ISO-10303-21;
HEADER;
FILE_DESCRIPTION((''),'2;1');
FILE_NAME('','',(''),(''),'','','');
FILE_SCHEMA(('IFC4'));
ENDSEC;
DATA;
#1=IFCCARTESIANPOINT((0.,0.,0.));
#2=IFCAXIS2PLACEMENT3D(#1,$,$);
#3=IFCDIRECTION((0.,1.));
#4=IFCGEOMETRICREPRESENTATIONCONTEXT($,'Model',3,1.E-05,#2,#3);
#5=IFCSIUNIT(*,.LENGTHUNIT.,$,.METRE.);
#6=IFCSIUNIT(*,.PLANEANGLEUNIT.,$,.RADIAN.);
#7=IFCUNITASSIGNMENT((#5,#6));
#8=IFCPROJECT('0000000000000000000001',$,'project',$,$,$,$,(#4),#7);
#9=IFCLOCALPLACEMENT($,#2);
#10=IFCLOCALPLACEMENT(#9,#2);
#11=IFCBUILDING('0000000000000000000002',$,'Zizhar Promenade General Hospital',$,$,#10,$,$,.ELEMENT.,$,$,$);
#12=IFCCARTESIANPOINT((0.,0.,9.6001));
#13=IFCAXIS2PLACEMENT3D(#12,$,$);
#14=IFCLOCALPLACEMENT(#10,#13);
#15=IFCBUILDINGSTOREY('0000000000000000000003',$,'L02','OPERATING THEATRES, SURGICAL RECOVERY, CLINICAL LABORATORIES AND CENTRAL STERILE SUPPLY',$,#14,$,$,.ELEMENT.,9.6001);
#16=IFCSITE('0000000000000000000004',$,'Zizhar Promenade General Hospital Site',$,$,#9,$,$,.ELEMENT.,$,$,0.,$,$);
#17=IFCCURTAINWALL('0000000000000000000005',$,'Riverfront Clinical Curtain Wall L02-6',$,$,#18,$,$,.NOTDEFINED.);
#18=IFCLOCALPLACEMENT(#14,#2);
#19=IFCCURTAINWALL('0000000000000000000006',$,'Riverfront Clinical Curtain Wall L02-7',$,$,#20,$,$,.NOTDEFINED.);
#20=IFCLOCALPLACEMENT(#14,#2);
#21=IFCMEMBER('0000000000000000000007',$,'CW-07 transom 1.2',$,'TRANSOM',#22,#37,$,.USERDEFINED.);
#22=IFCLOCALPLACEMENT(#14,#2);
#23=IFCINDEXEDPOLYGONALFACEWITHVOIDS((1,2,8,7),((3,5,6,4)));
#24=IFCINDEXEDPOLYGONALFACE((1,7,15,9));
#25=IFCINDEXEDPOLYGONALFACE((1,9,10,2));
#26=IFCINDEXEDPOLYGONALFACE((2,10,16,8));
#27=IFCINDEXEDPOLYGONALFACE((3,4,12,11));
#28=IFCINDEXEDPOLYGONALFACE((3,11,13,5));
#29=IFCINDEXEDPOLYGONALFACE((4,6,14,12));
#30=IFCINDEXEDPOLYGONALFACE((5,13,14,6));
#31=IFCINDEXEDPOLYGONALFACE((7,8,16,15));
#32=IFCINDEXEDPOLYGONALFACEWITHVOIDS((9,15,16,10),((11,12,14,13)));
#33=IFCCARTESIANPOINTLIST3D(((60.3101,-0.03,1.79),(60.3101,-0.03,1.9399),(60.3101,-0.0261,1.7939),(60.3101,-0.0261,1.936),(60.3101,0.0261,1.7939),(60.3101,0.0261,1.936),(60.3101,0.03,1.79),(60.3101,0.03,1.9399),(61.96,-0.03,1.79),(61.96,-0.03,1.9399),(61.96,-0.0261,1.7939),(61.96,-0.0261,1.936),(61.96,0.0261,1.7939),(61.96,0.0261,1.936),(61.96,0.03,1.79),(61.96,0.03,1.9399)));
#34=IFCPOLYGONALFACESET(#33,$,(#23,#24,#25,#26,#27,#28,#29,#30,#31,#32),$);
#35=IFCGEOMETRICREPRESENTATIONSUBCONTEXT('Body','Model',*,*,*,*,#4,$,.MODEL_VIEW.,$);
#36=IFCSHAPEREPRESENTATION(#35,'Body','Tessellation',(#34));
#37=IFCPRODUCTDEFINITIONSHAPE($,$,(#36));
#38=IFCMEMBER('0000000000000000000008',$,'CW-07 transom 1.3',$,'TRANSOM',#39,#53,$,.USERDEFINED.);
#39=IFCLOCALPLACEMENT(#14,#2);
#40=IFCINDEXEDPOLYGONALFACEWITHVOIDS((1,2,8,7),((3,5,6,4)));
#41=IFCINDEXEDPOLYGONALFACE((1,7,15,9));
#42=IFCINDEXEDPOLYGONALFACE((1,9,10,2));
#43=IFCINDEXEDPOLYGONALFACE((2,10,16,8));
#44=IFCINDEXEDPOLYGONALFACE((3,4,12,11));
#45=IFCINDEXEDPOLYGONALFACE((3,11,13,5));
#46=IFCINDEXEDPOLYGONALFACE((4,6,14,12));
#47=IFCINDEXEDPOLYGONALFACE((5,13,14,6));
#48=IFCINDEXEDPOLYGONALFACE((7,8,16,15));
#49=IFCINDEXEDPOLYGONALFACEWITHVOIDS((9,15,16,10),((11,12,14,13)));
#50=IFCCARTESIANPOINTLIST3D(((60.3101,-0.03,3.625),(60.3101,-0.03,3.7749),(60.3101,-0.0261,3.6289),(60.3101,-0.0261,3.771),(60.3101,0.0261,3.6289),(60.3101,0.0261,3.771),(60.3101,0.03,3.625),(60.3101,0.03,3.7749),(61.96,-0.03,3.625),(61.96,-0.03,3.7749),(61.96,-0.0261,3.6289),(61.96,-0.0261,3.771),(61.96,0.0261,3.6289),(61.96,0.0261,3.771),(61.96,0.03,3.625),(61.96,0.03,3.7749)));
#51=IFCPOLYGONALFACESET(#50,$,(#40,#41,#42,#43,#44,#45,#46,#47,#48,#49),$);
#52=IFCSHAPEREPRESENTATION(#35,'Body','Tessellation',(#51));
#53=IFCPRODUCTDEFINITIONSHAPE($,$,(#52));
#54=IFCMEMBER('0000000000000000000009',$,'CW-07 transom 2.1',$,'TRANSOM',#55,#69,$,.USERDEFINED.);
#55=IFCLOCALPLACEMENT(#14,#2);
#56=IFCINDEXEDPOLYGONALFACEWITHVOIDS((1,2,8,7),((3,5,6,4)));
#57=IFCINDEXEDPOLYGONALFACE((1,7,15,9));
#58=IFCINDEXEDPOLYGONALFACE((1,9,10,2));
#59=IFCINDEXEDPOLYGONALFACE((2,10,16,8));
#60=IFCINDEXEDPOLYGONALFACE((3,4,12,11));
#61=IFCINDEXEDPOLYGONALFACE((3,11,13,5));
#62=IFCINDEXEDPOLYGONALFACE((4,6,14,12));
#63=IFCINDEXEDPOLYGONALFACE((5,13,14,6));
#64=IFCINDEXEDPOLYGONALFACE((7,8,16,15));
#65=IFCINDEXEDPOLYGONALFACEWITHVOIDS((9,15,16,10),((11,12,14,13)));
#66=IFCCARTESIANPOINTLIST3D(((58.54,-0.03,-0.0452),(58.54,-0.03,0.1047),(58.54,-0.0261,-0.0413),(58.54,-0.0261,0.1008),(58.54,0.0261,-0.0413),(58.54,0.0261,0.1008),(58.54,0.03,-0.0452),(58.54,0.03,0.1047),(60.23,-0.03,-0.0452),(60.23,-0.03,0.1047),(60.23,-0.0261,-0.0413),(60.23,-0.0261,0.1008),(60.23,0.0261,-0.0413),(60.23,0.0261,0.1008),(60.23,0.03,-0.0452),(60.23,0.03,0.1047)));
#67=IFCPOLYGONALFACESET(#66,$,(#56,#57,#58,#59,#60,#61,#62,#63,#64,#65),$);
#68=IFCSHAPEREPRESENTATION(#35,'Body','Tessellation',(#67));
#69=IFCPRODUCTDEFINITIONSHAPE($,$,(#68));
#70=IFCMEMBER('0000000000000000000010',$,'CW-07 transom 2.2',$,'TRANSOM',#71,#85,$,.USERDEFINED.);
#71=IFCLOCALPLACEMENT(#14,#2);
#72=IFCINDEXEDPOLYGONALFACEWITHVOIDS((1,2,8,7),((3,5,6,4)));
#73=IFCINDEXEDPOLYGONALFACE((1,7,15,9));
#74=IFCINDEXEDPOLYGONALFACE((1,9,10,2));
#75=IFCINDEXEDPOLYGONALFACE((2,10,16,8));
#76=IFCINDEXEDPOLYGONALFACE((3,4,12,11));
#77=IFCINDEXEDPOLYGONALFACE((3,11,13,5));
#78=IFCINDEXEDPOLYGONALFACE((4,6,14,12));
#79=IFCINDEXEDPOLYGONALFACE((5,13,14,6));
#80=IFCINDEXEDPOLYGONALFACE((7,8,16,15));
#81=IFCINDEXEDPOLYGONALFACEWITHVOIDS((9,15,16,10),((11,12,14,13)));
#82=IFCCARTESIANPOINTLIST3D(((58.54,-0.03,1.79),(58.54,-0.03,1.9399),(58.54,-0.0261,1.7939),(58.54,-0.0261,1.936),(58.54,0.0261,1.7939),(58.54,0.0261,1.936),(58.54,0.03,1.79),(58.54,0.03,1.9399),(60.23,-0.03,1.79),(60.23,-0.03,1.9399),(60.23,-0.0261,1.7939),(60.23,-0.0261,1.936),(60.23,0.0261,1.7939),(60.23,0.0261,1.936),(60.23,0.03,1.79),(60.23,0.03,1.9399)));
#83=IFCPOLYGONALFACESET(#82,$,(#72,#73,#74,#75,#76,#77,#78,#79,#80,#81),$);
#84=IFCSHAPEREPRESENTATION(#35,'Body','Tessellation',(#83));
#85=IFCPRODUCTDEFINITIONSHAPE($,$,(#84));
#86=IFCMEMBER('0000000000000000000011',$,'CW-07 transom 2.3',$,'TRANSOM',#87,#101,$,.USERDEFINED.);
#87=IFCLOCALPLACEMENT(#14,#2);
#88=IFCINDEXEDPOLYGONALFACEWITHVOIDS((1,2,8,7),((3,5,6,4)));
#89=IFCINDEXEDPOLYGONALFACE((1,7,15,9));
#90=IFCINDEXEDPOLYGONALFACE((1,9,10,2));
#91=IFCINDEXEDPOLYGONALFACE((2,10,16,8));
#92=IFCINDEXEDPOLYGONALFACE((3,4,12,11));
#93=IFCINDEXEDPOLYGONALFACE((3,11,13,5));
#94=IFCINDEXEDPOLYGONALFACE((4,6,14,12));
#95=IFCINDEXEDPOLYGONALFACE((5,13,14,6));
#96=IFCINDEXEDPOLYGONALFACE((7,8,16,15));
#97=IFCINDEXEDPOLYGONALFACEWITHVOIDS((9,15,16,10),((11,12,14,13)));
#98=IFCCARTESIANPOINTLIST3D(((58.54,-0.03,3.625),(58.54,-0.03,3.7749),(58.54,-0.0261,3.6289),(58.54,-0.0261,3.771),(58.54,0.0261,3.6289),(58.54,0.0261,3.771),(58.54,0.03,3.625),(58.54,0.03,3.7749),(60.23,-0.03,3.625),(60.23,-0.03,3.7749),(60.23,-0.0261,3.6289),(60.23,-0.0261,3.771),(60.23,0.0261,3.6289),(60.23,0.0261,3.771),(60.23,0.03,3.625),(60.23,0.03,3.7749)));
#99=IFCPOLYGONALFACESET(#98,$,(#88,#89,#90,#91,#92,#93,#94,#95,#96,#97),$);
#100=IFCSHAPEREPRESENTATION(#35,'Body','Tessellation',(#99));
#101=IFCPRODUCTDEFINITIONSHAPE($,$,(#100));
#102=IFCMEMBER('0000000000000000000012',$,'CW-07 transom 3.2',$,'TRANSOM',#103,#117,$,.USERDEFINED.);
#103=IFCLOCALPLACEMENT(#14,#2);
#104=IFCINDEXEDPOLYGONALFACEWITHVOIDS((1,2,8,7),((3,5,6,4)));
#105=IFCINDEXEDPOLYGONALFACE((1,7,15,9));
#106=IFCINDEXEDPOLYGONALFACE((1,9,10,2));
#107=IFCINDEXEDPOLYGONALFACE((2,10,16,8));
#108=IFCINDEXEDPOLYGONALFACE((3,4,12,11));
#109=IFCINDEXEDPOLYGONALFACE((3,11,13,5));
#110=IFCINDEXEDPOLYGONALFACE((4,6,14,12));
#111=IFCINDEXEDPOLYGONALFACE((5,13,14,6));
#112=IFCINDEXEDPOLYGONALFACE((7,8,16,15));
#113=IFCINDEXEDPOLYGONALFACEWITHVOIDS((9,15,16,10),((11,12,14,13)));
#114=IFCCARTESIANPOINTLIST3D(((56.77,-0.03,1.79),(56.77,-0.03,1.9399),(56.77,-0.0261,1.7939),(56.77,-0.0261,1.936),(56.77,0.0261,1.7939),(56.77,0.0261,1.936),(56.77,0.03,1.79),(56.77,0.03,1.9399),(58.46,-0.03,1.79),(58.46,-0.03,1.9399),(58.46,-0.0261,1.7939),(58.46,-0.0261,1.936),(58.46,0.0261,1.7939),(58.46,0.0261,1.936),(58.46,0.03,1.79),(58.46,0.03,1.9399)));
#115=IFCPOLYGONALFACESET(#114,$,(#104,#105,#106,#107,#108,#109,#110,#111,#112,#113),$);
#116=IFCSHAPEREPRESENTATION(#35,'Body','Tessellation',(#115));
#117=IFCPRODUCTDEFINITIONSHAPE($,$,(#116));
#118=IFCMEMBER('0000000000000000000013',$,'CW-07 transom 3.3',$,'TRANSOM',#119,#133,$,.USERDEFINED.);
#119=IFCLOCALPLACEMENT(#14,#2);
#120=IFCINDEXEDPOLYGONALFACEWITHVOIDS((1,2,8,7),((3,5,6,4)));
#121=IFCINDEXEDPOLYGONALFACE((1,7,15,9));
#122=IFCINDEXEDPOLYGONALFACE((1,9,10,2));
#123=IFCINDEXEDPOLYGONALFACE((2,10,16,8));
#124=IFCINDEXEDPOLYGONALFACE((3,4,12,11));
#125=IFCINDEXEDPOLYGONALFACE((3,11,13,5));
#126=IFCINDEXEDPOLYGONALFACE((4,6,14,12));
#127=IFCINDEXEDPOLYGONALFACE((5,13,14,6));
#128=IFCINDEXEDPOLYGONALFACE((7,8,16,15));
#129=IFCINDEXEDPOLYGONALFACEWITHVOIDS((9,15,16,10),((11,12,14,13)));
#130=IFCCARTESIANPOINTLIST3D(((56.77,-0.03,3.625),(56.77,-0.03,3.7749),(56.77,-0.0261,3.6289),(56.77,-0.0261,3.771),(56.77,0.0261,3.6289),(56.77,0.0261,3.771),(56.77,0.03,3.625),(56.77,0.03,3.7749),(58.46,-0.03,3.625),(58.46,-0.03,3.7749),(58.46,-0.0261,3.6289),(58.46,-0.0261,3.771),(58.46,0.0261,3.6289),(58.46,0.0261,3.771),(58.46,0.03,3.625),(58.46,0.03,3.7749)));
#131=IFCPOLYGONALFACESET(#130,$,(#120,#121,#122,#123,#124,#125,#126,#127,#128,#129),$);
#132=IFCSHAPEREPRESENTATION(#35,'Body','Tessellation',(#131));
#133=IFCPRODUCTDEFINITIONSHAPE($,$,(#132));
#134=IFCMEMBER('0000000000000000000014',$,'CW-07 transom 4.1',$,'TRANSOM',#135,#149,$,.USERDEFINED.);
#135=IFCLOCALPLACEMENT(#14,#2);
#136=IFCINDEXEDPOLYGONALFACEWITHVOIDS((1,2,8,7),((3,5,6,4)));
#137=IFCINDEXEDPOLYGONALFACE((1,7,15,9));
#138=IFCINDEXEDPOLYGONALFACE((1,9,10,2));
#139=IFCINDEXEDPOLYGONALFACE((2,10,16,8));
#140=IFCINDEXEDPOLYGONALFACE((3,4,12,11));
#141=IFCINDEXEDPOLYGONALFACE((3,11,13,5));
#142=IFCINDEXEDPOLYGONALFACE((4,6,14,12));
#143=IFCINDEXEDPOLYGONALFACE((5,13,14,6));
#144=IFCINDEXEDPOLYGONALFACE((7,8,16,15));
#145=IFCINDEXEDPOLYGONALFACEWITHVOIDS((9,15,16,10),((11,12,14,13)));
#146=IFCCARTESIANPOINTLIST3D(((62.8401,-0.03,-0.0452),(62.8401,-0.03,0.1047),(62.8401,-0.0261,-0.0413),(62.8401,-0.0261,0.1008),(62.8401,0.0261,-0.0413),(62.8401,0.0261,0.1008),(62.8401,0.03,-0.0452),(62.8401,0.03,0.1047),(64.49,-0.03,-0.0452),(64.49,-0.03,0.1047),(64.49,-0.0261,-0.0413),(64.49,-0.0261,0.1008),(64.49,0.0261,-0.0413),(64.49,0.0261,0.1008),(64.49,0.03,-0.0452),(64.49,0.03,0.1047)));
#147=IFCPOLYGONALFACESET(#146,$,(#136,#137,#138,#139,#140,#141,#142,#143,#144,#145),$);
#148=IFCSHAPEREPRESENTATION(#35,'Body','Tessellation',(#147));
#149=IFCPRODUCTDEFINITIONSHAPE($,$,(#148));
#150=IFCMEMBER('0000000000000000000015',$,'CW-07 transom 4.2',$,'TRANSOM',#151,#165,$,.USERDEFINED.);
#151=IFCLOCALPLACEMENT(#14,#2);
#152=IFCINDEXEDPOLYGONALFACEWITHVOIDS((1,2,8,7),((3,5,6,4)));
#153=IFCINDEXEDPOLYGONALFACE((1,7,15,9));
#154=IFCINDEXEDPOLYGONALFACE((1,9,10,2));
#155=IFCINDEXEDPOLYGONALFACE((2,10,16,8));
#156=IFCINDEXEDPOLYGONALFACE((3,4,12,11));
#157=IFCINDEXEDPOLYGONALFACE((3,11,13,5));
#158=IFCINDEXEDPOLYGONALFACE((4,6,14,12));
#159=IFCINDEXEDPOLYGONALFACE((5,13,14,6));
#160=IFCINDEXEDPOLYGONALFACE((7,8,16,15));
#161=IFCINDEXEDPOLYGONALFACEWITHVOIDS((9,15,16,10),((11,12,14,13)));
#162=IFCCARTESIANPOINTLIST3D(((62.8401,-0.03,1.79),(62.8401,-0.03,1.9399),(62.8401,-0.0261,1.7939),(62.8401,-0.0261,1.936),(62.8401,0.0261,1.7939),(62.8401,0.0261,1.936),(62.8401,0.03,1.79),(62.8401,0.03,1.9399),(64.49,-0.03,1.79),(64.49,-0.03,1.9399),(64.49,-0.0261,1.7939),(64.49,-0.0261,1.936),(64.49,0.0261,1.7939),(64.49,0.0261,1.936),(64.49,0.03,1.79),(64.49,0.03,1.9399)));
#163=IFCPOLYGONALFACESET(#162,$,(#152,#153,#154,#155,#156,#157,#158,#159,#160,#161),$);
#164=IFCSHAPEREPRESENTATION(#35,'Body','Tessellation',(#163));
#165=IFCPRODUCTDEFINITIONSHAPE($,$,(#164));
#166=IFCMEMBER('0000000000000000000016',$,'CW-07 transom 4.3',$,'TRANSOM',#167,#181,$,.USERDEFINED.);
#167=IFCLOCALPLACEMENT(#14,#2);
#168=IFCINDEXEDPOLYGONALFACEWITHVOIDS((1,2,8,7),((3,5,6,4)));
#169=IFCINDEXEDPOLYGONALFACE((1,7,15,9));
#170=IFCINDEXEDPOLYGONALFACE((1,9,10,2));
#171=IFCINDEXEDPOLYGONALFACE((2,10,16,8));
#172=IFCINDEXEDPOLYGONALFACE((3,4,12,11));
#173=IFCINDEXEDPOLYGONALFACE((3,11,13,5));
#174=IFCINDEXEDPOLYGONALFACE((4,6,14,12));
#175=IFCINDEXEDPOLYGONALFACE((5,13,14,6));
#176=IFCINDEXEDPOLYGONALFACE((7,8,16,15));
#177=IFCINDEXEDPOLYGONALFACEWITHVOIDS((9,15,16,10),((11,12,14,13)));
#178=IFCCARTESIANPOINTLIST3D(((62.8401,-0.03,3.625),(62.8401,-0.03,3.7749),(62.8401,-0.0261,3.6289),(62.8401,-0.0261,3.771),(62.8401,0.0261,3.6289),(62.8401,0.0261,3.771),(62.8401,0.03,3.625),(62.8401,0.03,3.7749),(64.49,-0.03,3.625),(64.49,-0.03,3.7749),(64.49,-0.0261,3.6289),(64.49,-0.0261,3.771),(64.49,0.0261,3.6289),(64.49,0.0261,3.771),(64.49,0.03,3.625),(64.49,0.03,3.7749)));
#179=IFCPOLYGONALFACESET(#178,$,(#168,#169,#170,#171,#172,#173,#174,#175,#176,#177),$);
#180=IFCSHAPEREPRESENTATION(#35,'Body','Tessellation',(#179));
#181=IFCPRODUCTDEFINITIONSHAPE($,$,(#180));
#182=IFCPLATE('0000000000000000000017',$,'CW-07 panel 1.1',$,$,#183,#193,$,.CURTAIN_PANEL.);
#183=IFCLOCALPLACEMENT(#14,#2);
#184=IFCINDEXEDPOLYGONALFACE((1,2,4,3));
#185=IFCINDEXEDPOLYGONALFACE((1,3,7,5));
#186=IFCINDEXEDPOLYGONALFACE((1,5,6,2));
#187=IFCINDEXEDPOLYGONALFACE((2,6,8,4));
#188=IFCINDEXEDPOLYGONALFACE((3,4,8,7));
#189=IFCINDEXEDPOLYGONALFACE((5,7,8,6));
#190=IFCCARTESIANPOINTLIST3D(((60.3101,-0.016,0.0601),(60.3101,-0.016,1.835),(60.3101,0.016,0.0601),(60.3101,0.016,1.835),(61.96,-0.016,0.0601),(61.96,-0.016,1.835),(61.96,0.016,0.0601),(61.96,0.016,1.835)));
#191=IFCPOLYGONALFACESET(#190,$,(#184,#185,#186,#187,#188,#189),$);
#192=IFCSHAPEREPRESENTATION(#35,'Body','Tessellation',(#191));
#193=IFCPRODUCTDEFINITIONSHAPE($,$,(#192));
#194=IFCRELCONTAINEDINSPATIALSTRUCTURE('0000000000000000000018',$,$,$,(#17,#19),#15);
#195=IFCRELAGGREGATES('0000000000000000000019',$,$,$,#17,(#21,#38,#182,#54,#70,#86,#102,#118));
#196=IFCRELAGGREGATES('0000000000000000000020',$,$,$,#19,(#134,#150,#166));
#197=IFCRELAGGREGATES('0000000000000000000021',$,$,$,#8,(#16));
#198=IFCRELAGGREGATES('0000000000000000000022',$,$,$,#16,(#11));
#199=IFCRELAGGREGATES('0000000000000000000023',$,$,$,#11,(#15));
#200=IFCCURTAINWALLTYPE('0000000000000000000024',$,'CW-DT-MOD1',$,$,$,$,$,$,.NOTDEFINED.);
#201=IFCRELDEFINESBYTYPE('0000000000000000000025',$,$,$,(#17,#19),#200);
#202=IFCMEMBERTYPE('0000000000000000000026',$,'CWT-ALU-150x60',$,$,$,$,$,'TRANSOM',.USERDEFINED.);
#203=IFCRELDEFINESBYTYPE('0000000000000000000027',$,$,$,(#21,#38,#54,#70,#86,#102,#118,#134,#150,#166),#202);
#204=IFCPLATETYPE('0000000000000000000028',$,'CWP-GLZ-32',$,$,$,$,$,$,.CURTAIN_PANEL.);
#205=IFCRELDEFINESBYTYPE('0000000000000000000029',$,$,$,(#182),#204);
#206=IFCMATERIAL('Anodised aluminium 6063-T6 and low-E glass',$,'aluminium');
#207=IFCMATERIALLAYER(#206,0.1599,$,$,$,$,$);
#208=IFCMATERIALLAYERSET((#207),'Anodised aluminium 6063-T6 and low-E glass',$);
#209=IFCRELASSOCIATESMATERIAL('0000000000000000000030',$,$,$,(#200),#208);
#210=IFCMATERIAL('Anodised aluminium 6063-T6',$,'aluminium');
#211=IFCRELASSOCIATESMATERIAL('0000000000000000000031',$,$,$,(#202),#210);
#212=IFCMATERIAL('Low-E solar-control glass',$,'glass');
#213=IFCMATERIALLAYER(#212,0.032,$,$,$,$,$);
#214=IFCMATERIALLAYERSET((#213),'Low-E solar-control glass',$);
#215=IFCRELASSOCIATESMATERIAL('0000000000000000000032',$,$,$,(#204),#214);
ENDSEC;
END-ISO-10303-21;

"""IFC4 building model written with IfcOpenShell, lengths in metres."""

from ifc_helpers import new_model, si_unit, direction, frame, origin, origin_2d, place, context, subcontext, project, spatial, rectangle, hollow_rectangle, extrude, material, layer, layer_set, material_profile, profile_set, type_object, element, aggregate, save


model = new_model("IFC4")

# Units and contexts
model_context = context("Model", 3, precision=1e-05, world=origin(), true_north=direction((0.0, 1.0)))
body_context = subcontext(model_context, "Body", "Model", "MODEL_VIEW")
ifc_project = project(units=[si_unit("LENGTHUNIT", "METRE"), si_unit("PLANEANGLEUNIT", "RADIAN")], contexts=[model_context])

# Site, building, storey
site_placement = place(None, origin())
site = spatial("IfcSite", under=ifc_project, at=site_placement, Name="Zizhar Promenade General Hospital Site", CompositionType="ELEMENT", RefElevation=0.0)
building_placement = place(site_placement, origin())
building = spatial("IfcBuilding", under=site, at=building_placement, Name="Zizhar Promenade General Hospital", CompositionType="ELEMENT")
storey_placement = place(building_placement, frame((0.0, 0.0, 9.6001)))
storey = spatial("IfcBuildingStorey", under=building, at=storey_placement, Name="L02", Description="OPERATING THEATRES, SURGICAL RECOVERY, CLINICAL LABORATORIES AND CENTRAL STERILE SUPPLY", CompositionType="ELEMENT", Elevation=9.6001)

# Curtain walls
ifc_material_1 = material(Name="Anodised aluminium 6063-T6 and low-E glass", Category="aluminium")
ifc_layer_1 = layer(ifc_material_1, 0.1599)
ifc_layer_set_1 = layer_set([ifc_layer_1], Name="Anodised aluminium 6063-T6 and low-E glass")
curtain_wall_type = type_object("IfcCurtainWallType", Name="CW-DT-MOD1", PredefinedType="NOTDEFINED", material=ifc_layer_set_1)
curtain_wall_1_placement = place(storey_placement, origin())
curtain_wall_1 = element("IfcCurtainWall", 1, at=curtain_wall_1_placement, inside=storey, type_object=curtain_wall_type, Name="Riverfront Clinical Curtain Wall L02-6", PredefinedType="NOTDEFINED")
curtain_wall_2_placement = place(storey_placement, origin())
curtain_wall_2 = element("IfcCurtainWall", 2, at=curtain_wall_2_placement, inside=storey, type_object=curtain_wall_type, Name="Riverfront Clinical Curtain Wall L02-7", PredefinedType="NOTDEFINED")

# Members
ifc_material_2 = material(Name="Anodised aluminium 6063-T6", Category="aluminium")
ifc_material_profile_1 = material_profile(ifc_material_2, hollow_rectangle(XDim=0.0601, YDim=0.1499, WallThickness=0.0039, at=origin_2d()))
ifc_profile_set_1 = profile_set([ifc_material_profile_1], Name="Anodised aluminium 6063-T6")
member_type_1 = type_object("IfcMemberType", Name="CWT-ALU-150x60", ElementType="TRANSOM", PredefinedType="USERDEFINED", material=ifc_profile_set_1)
member_1_placement = place(storey_placement, frame((61.96, 0.0, 1.865), z_axis=(-1.0, 0.0, 0.0), x_axis=(0.0, -1.0, 0.0)))
member_1 = element("IfcMember", 3, at=member_1_placement, type_object=member_type_1, Name="CW-07 transom 1.2", ObjectType="TRANSOM", PredefinedType="USERDEFINED", context=body_context, shape_type="SweptSolid", body=[
    extrude(hollow_rectangle(XDim=0.0601, YDim=0.1499, WallThickness=0.0039, at=origin_2d()), origin(), (0.0, 0.0, 1.0), 1.6499),
])
member_2_placement = place(storey_placement, frame((61.96, 0.0, 3.7), z_axis=(-1.0, 0.0, 0.0), x_axis=(0.0, -1.0, 0.0)))
member_2 = element("IfcMember", 4, at=member_2_placement, type_object=member_type_1, Name="CW-07 transom 1.3", ObjectType="TRANSOM", PredefinedType="USERDEFINED", context=body_context, shape_type="SweptSolid", body=[
    extrude(hollow_rectangle(XDim=0.0601, YDim=0.1499, WallThickness=0.0039, at=origin_2d()), origin(), (0.0, 0.0, 1.0), 1.6499),
])
member_3_placement = place(storey_placement, frame((60.23, 0.0, 0.0298), z_axis=(-1.0, 0.0, 0.0), x_axis=(0.0, -1.0, 0.0)))
member_3 = element("IfcMember", 5, at=member_3_placement, type_object=member_type_1, Name="CW-07 transom 2.1", ObjectType="TRANSOM", PredefinedType="USERDEFINED", context=body_context, shape_type="SweptSolid", body=[
    extrude(hollow_rectangle(XDim=0.0601, YDim=0.1499, WallThickness=0.0039, at=origin_2d()), origin(), (0.0, 0.0, 1.0), 1.6899),
])
member_4_placement = place(storey_placement, frame((60.23, 0.0, 1.865), z_axis=(-1.0, 0.0, 0.0), x_axis=(0.0, -1.0, 0.0)))
member_4 = element("IfcMember", 6, at=member_4_placement, type_object=member_type_1, Name="CW-07 transom 2.2", ObjectType="TRANSOM", PredefinedType="USERDEFINED", context=body_context, shape_type="SweptSolid", body=[
    extrude(hollow_rectangle(XDim=0.0601, YDim=0.1499, WallThickness=0.0039, at=origin_2d()), origin(), (0.0, 0.0, 1.0), 1.6899),
])
member_5_placement = place(storey_placement, frame((60.23, 0.0, 3.7), z_axis=(-1.0, 0.0, 0.0), x_axis=(0.0, -1.0, 0.0)))
member_5 = element("IfcMember", 7, at=member_5_placement, type_object=member_type_1, Name="CW-07 transom 2.3", ObjectType="TRANSOM", PredefinedType="USERDEFINED", context=body_context, shape_type="SweptSolid", body=[
    extrude(hollow_rectangle(XDim=0.0601, YDim=0.1499, WallThickness=0.0039, at=origin_2d()), origin(), (0.0, 0.0, 1.0), 1.6899),
])
member_6_placement = place(storey_placement, frame((58.46, 0.0, 1.865), z_axis=(-1.0, 0.0, 0.0), x_axis=(0.0, -1.0, 0.0)))
member_6 = element("IfcMember", 8, at=member_6_placement, type_object=member_type_1, Name="CW-07 transom 3.2", ObjectType="TRANSOM", PredefinedType="USERDEFINED", context=body_context, shape_type="SweptSolid", body=[
    extrude(hollow_rectangle(XDim=0.0601, YDim=0.1499, WallThickness=0.0039, at=origin_2d()), origin(), (0.0, 0.0, 1.0), 1.6899),
])
member_7_placement = place(storey_placement, frame((58.46, 0.0, 3.7), z_axis=(-1.0, 0.0, 0.0), x_axis=(0.0, -1.0, 0.0)))
member_7 = element("IfcMember", 9, at=member_7_placement, type_object=member_type_1, Name="CW-07 transom 3.3", ObjectType="TRANSOM", PredefinedType="USERDEFINED", context=body_context, shape_type="SweptSolid", body=[
    extrude(hollow_rectangle(XDim=0.0601, YDim=0.1499, WallThickness=0.0039, at=origin_2d()), origin(), (0.0, 0.0, 1.0), 1.6899),
])
member_8_placement = place(storey_placement, frame((64.49, 0.0, 0.0298), z_axis=(-1.0, 0.0, 0.0), x_axis=(0.0, -1.0, 0.0)))
member_8 = element("IfcMember", 10, at=member_8_placement, type_object=member_type_1, Name="CW-07 transom 4.1", ObjectType="TRANSOM", PredefinedType="USERDEFINED", context=body_context, shape_type="SweptSolid", body=[
    extrude(hollow_rectangle(XDim=0.0601, YDim=0.1499, WallThickness=0.0039, at=origin_2d()), origin(), (0.0, 0.0, 1.0), 1.6499),
])
member_9_placement = place(storey_placement, frame((64.49, 0.0, 1.865), z_axis=(-1.0, 0.0, 0.0), x_axis=(0.0, -1.0, 0.0)))
member_9 = element("IfcMember", 11, at=member_9_placement, type_object=member_type_1, Name="CW-07 transom 4.2", ObjectType="TRANSOM", PredefinedType="USERDEFINED", context=body_context, shape_type="SweptSolid", body=[
    extrude(hollow_rectangle(XDim=0.0601, YDim=0.1499, WallThickness=0.0039, at=origin_2d()), origin(), (0.0, 0.0, 1.0), 1.6499),
])
member_10_placement = place(storey_placement, frame((64.49, 0.0, 3.7), z_axis=(-1.0, 0.0, 0.0), x_axis=(0.0, -1.0, 0.0)))
member_10 = element("IfcMember", 12, at=member_10_placement, type_object=member_type_1, Name="CW-07 transom 4.3", ObjectType="TRANSOM", PredefinedType="USERDEFINED", context=body_context, shape_type="SweptSolid", body=[
    extrude(hollow_rectangle(XDim=0.0601, YDim=0.1499, WallThickness=0.0039, at=origin_2d()), origin(), (0.0, 0.0, 1.0), 1.6499),
])

# Plate
ifc_material_3 = material(Name="Low-E solar-control glass", Category="glass")
ifc_layer_2 = layer(ifc_material_3, 0.032)
ifc_layer_set_2 = layer_set([ifc_layer_2], Name="Low-E solar-control glass")
plate_type = type_object("IfcPlateType", Name="CWP-GLZ-32", PredefinedType="CURTAIN_PANEL", material=ifc_layer_set_2)
plate_1_placement = place(storey_placement, frame((61.135, 0.0, 0.0601), z_axis=(0.0, 0.0, 1.0), x_axis=(-1.0, 0.0, 0.0)))
plate_1 = element("IfcPlate", 13, at=plate_1_placement, type_object=plate_type, Name="CW-07 panel 1.1", PredefinedType="CURTAIN_PANEL", context=body_context, shape_type="SweptSolid", body=[
    extrude(rectangle(XDim=1.6499, YDim=0.032, at=origin_2d()), origin(), (0.0, 0.0, 1.0), 1.7749),
])
aggregate(curtain_wall_1, [member_1, member_2, plate_1, member_3, member_4, member_5, member_6, member_7])
aggregate(curtain_wall_2, [member_8, member_9, member_10])

save(model, "model.ifc")
